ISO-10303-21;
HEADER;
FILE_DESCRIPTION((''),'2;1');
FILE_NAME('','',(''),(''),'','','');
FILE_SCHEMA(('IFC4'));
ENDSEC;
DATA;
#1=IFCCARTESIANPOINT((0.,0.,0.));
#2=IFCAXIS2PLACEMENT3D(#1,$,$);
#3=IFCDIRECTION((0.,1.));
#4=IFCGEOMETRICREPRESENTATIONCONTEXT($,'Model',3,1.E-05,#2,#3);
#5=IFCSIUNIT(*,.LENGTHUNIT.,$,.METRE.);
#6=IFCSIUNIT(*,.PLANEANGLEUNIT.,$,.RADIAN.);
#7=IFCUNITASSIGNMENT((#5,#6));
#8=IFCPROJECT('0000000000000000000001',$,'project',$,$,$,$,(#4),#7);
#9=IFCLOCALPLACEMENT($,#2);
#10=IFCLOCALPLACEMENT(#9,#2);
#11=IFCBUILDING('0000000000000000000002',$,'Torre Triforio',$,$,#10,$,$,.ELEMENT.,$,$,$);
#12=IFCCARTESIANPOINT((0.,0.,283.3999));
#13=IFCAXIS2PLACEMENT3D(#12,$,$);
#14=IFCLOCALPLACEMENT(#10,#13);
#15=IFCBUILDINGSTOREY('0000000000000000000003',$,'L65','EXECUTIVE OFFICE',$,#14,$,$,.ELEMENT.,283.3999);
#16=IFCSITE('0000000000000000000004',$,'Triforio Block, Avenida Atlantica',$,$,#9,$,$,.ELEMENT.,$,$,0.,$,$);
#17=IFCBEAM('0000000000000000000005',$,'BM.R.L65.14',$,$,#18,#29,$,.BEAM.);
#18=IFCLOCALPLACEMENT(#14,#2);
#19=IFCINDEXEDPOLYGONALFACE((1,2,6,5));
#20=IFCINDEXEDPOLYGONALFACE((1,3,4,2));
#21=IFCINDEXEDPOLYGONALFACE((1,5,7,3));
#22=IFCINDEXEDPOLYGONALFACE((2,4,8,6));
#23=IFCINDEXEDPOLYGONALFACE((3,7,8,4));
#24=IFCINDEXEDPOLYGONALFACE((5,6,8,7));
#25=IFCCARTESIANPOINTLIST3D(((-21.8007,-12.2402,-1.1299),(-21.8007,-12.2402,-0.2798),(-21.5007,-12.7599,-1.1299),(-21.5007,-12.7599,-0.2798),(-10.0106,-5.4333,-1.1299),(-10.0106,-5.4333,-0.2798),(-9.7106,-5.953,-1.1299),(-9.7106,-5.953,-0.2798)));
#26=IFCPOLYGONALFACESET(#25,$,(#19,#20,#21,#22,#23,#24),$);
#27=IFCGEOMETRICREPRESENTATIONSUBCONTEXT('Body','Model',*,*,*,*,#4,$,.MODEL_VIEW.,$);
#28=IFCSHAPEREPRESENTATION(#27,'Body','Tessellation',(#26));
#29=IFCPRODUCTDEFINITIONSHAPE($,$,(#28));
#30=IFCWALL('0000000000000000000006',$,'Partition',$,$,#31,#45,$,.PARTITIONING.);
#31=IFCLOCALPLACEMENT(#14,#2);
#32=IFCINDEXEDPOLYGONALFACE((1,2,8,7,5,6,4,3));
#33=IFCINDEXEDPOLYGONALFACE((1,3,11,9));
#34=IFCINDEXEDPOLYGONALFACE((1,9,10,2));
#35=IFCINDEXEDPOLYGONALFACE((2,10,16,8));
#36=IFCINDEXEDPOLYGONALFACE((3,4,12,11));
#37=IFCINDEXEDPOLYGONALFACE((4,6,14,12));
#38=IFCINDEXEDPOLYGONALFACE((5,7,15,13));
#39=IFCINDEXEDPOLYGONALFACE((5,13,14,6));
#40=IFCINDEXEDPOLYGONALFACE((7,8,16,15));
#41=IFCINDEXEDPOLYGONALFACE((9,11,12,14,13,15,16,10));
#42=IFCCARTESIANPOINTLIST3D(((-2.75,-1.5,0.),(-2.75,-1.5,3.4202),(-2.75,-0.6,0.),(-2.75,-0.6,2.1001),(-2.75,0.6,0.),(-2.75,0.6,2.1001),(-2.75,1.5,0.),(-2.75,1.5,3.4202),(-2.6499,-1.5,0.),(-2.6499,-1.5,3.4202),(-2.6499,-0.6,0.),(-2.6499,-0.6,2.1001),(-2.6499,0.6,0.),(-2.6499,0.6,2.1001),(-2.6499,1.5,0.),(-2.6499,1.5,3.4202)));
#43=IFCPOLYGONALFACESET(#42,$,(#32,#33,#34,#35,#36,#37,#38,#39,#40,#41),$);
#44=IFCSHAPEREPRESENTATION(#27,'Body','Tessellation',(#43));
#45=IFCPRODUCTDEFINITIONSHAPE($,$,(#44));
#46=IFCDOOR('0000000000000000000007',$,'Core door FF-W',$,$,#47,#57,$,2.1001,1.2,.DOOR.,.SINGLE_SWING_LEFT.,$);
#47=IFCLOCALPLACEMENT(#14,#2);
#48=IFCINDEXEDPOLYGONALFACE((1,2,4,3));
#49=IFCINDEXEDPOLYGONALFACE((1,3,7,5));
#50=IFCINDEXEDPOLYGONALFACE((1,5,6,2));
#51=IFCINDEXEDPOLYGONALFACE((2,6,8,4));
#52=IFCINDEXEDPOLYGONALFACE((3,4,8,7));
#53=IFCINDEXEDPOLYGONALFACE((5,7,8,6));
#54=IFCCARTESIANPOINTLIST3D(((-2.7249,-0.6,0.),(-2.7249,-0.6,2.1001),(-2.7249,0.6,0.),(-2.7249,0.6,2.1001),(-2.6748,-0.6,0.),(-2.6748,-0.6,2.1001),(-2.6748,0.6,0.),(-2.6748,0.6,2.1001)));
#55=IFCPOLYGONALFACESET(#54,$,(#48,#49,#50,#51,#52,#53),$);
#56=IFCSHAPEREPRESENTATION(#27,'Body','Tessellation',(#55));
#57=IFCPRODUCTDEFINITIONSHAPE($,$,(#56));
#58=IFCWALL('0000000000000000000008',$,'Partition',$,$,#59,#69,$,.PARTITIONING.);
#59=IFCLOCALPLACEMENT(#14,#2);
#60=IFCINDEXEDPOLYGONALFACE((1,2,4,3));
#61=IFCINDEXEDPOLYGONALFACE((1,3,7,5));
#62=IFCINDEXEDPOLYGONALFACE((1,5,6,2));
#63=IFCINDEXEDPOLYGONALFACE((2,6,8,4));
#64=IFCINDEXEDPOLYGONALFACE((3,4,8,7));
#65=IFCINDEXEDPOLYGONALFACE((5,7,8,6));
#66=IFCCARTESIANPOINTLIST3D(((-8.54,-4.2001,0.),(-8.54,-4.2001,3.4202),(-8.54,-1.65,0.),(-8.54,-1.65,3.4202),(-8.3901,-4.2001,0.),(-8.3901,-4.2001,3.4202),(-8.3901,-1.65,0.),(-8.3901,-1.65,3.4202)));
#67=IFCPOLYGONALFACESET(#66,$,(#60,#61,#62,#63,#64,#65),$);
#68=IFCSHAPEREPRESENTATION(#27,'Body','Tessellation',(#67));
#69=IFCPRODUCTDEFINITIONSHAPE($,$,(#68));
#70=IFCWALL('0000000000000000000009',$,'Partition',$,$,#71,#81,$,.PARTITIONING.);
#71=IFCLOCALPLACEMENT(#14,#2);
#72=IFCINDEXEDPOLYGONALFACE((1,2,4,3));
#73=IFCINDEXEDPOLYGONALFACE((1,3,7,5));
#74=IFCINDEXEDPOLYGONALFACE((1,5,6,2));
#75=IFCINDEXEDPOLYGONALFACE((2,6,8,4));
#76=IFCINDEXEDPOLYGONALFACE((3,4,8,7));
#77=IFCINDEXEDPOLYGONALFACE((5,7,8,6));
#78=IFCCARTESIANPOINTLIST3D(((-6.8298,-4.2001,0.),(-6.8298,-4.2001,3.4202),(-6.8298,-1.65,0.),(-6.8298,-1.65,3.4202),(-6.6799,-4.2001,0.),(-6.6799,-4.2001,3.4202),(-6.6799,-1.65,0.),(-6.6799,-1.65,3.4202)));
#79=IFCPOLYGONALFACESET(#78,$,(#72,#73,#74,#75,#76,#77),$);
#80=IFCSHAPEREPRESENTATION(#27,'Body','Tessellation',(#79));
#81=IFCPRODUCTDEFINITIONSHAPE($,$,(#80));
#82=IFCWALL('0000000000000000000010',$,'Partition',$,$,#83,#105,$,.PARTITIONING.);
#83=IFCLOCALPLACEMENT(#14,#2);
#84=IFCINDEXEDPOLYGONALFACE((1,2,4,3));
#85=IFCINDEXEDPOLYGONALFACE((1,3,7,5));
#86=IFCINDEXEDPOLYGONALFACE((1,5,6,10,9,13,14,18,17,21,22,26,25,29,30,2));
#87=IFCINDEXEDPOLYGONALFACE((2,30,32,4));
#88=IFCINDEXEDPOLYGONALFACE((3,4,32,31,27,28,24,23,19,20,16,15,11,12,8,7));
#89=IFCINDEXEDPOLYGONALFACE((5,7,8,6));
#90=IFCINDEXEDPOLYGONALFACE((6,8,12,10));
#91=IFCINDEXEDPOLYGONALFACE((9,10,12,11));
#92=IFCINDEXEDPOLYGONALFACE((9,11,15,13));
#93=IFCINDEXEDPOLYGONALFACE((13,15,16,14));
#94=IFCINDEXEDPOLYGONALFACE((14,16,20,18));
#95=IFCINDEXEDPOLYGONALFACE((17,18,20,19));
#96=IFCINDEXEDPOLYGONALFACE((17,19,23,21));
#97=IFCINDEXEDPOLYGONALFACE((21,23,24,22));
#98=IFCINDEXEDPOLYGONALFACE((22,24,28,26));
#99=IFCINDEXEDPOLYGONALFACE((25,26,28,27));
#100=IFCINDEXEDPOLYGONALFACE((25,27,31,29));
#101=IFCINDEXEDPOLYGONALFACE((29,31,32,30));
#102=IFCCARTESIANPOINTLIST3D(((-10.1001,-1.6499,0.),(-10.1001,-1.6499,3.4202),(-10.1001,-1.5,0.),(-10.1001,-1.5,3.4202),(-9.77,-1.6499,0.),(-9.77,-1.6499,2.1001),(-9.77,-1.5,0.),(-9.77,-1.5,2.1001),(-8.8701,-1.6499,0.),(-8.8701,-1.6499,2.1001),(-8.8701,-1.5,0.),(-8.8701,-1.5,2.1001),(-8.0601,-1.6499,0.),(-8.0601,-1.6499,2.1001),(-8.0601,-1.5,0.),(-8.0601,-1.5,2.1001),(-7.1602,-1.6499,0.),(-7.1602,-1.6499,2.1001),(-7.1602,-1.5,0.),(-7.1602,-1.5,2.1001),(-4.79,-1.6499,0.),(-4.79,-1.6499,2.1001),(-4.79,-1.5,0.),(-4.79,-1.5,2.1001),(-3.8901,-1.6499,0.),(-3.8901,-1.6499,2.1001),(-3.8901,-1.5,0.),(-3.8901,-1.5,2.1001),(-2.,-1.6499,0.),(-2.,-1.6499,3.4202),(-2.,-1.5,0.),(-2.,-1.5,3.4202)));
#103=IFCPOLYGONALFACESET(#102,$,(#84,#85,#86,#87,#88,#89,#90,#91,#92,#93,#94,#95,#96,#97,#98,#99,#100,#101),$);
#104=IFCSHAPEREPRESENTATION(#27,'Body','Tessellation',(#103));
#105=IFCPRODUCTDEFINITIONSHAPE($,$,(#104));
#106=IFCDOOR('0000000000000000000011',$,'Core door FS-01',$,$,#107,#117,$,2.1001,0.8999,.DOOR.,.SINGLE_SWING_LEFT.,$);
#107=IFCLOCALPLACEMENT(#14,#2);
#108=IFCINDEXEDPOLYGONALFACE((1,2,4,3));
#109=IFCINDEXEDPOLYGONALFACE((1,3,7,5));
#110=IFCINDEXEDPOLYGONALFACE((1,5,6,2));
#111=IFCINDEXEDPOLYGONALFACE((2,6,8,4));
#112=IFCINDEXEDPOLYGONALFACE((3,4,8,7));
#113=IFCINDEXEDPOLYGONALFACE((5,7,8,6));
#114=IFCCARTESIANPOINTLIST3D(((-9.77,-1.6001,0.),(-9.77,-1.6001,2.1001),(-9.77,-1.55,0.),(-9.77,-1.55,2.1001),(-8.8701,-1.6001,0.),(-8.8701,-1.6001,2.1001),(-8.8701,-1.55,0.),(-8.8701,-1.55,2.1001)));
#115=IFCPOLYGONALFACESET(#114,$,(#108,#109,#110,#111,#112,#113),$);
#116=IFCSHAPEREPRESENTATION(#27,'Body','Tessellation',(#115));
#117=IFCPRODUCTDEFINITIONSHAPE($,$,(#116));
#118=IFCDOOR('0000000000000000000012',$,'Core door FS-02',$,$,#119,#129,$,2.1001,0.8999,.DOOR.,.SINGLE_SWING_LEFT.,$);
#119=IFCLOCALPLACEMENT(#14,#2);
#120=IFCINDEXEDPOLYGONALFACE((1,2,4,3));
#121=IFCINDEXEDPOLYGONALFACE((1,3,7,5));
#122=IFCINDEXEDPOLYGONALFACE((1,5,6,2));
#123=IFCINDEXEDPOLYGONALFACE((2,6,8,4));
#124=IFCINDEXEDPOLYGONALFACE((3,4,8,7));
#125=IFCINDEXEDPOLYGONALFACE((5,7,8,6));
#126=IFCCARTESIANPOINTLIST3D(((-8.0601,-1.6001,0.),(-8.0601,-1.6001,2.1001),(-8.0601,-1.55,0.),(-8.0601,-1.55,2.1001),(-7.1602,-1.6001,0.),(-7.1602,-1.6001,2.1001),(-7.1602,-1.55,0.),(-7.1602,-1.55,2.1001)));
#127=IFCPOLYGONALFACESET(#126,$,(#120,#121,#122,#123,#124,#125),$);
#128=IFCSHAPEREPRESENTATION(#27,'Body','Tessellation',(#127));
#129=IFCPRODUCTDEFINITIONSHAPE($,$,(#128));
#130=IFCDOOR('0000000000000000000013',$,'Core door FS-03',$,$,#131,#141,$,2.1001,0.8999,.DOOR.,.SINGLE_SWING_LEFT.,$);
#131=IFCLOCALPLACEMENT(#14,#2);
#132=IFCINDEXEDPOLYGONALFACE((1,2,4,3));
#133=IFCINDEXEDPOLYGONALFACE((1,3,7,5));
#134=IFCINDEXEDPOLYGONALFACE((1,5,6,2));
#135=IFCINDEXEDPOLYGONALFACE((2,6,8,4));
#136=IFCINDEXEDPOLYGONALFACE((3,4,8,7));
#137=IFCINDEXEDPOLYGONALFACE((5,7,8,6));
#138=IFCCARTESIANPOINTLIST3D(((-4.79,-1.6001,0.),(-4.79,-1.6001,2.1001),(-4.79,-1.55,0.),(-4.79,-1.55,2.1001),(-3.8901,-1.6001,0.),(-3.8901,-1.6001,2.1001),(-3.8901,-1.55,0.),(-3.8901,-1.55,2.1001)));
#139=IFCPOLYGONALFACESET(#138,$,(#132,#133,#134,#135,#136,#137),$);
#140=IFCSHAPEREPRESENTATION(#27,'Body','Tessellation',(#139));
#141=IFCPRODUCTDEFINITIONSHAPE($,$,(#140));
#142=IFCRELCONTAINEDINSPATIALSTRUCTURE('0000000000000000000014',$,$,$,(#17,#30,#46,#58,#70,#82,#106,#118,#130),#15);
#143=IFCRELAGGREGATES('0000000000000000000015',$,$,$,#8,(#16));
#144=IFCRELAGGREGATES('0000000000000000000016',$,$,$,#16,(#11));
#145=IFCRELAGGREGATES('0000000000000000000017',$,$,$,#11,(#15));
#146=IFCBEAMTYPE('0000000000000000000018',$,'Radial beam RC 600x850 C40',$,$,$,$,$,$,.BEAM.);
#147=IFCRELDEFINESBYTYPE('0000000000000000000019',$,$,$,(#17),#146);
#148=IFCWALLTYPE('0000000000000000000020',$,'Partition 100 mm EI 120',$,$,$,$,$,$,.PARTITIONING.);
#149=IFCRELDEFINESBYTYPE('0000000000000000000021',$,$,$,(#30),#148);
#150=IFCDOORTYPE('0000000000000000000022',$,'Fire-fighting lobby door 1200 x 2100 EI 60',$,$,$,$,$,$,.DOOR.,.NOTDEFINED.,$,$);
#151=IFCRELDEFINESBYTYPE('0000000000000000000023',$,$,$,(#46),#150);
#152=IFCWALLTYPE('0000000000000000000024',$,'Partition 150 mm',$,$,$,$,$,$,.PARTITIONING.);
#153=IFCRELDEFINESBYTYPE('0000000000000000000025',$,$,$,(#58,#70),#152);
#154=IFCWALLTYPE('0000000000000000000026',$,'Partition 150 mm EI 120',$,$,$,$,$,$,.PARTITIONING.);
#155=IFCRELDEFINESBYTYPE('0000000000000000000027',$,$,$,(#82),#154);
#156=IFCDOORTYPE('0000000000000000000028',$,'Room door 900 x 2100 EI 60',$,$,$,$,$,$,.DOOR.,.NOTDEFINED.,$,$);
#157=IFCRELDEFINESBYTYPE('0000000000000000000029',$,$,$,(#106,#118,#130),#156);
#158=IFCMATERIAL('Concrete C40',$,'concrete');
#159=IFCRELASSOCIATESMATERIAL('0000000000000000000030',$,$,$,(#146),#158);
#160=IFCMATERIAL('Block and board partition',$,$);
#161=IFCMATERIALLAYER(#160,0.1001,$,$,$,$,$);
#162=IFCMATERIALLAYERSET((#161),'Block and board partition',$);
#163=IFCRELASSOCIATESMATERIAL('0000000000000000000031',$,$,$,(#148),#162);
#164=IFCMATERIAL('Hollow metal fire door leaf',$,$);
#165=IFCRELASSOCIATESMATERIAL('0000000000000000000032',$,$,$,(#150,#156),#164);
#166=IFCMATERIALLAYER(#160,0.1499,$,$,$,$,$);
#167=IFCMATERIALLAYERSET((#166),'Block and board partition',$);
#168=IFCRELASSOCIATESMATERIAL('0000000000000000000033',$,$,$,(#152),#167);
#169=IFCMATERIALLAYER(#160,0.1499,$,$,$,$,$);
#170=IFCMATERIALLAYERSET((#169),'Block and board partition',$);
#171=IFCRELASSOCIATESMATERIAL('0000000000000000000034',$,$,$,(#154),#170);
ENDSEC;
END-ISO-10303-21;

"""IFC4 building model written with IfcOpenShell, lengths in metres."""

from ifc_helpers import new_model, si_unit, direction, frame, frame_2d, origin, origin_2d, place, context, subcontext, project, spatial, rectangle, extrude, material, layer, layer_set, material_profile, profile_set, type_object, element, fill, save


model = new_model("IFC4")

# Units and contexts
model_context = context("Model", 3, precision=1e-05, world=origin(), true_north=direction((0.0, 1.0)))
body_context = subcontext(model_context, "Body", "Model", "MODEL_VIEW")
ifc_project = project(units=[si_unit("LENGTHUNIT", "METRE"), si_unit("PLANEANGLEUNIT", "RADIAN")], contexts=[model_context])

# Site, building, storey
site_placement = place(None, origin())
site = spatial("IfcSite", under=ifc_project, at=site_placement, Name="Triforio Block, Avenida Atlantica", CompositionType="ELEMENT", RefElevation=0.0)
building_placement = place(site_placement, origin())
building = spatial("IfcBuilding", under=site, at=building_placement, Name="Torre Triforio", CompositionType="ELEMENT")
storey_placement = place(building_placement, frame((0.0, 0.0, 283.3999)))
storey = spatial("IfcBuildingStorey", under=building, at=storey_placement, Name="L65", Description="EXECUTIVE OFFICE", CompositionType="ELEMENT", Elevation=283.3999)

# Beam
ifc_material_1 = material(Name="Concrete C40", Category="concrete")
ifc_material_profile = material_profile(ifc_material_1, rectangle(XDim=0.6001, YDim=0.8501, at=origin_2d()), Name="RC 600x850")
ifc_profile_set = profile_set([ifc_material_profile], Name="Concrete C40")
beam_type = type_object("IfcBeamType", Name="Radial beam RC 600x850 C40", PredefinedType="BEAM", material=ifc_profile_set)
beam_placement = place(storey_placement, frame((-9.8606, -5.6931, -0.7048), z_axis=(-0.866029, -0.499995, 0.0), x_axis=(0.499995, -0.866029, 0.0)))
element("IfcBeam", 1, at=beam_placement, inside=storey, type_object=beam_type, Name="BM.R.L65.14", PredefinedType="BEAM", context=body_context, shape_type="SweptSolid", body=[
    extrude(rectangle(XDim=0.6001, YDim=0.8501, at=origin_2d()), origin(), (0.0, 0.0, 1.0), 13.614),
])

# Wall, opening, door
ifc_material_2 = material(Name="Block and board partition")
ifc_layer_1 = layer(ifc_material_2, 0.1001)
ifc_layer_set_1 = layer_set([ifc_layer_1], Name="Block and board partition")
wall_type_1 = type_object("IfcWallType", Name="Partition 100 mm EI 120", PredefinedType="PARTITIONING", material=ifc_layer_set_1)
wall_1_placement = place(storey_placement, frame((-2.7, -1.5, 0.0), z_axis=(0.0, 0.0, 1.0), x_axis=(0.0, 1.0, 0.0)))
wall_1 = element("IfcWall", 2, at=wall_1_placement, inside=storey, type_object=wall_type_1, Name="Partition", PredefinedType="PARTITIONING", context=body_context, shape_type="SweptSolid", body=[
    extrude(rectangle(XDim=3.0, YDim=0.1001, at=frame_2d((1.5, 0.0))), origin(), (0.0, 0.0, 1.0), 3.4202),
])
opening_1_placement = place(wall_1_placement, frame((0.8999, 0.0, 0.0)))
opening_1 = element("IfcOpeningElement", 3, at=opening_1_placement, cuts=wall_1, PredefinedType="OPENING", context=body_context, shape_type="SweptSolid", body=[
    extrude(rectangle(XDim=1.2, YDim=2.1001, at=frame_2d((0.6001, 1.05))), frame((0.0, 0.0601, 0.0), z_axis=(0.0, -1.0, 0.0), x_axis=(1.0, 0.0, 0.0)), (0.0, 0.0, 1.0), 0.1201),
])
ifc_material_3 = material(Name="Hollow metal fire door leaf")
door_type_1 = type_object("IfcDoorType", Name="Fire-fighting lobby door 1200 x 2100 EI 60", OperationType="NOTDEFINED", PredefinedType="DOOR", material=ifc_material_3)
door_1_placement = place(opening_1_placement, origin())
door_1 = element("IfcDoor", 4, at=door_1_placement, inside=storey, type_object=door_type_1, Name="Core door FF-W", OperationType="SINGLE_SWING_LEFT", OverallHeight=2.1001, OverallWidth=1.2, PredefinedType="DOOR", context=body_context, shape_type="SweptSolid", body=[
    extrude(rectangle(XDim=1.2, YDim=2.1001, at=frame_2d((0.6001, 1.05))), frame((0.0, 0.0249, 0.0), z_axis=(0.0, -1.0, 0.0), x_axis=(1.0, 0.0, 0.0)), (0.0, 0.0, 1.0), 0.05),
])
fill(opening_1, door_1)

# Walls
ifc_layer_2 = layer(ifc_material_2, 0.1499)
ifc_layer_set_2 = layer_set([ifc_layer_2], Name="Block and board partition")
wall_type_2 = type_object("IfcWallType", Name="Partition 150 mm", PredefinedType="PARTITIONING", material=ifc_layer_set_2)
for number, where, z_axis, x_axis, name in (
    (5, (-8.4651, -4.2, 0.0), (0.0, 0.0, 1.0), (0.0, 1.0, 0.0), "Partition"),
    (6, (-6.7549, -4.2, 0.0), (0.0, 0.0, 1.0), (0.0, 1.0, 0.0), "Partition"),
):
    element("IfcWall", number, at=place(storey_placement, frame(where, z_axis=z_axis, x_axis=x_axis)), inside=storey, type_object=wall_type_2, Name=name, PredefinedType="PARTITIONING", context=body_context, shape_type="SweptSolid", body=[
        extrude(rectangle(XDim=2.55, YDim=0.1499, at=frame_2d((1.2749, 0.0))), origin(), (0.0, 0.0, 1.0), 3.4202),
    ])

# Wall, openings, doors
ifc_layer_3 = layer(ifc_material_2, 0.1499)
ifc_layer_set_3 = layer_set([ifc_layer_3], Name="Block and board partition")
wall_type_3 = type_object("IfcWallType", Name="Partition 150 mm EI 120", PredefinedType="PARTITIONING", material=ifc_layer_set_3)
wall_2_placement = place(storey_placement, frame((-10.1001, -1.575, 0.0), z_axis=(0.0, 0.0, 1.0), x_axis=(1.0, 0.0, 0.0)))
wall_2 = element("IfcWall", 7, at=wall_2_placement, inside=storey, type_object=wall_type_3, Name="Partition", PredefinedType="PARTITIONING", context=body_context, shape_type="SweptSolid", body=[
    extrude(rectangle(XDim=8.1001, YDim=0.1499, at=frame_2d((4.05, 0.0))), origin(), (0.0, 0.0, 1.0), 3.4202),
])
opening_2_placement = place(wall_2_placement, frame((0.3301, 0.0, 0.0)))
opening_2 = element("IfcOpeningElement", 8, at=opening_2_placement, cuts=wall_2, PredefinedType="OPENING", context=body_context, shape_type="SweptSolid", body=[
    extrude(rectangle(XDim=0.8999, YDim=2.1001, at=frame_2d((0.45, 1.05))), frame((0.0, 0.085, 0.0), z_axis=(0.0, -1.0, 0.0), x_axis=(1.0, 0.0, 0.0)), (0.0, 0.0, 1.0), 0.1699),
])
opening_3_placement = place(wall_2_placement, frame((2.04, 0.0, 0.0)))
opening_3 = element("IfcOpeningElement", 9, at=opening_3_placement, cuts=wall_2, PredefinedType="OPENING", context=body_context, shape_type="SweptSolid", body=[
    extrude(rectangle(XDim=0.8999, YDim=2.1001, at=frame_2d((0.45, 1.05))), frame((0.0, 0.085, 0.0), z_axis=(0.0, -1.0, 0.0), x_axis=(1.0, 0.0, 0.0)), (0.0, 0.0, 1.0), 0.1699),
])
opening_4_placement = place(wall_2_placement, frame((5.3101, 0.0, 0.0)))
opening_4 = element("IfcOpeningElement", 10, at=opening_4_placement, cuts=wall_2, PredefinedType="OPENING", context=body_context, shape_type="SweptSolid", body=[
    extrude(rectangle(XDim=0.8999, YDim=2.1001, at=frame_2d((0.45, 1.05))), frame((0.0, 0.085, 0.0), z_axis=(0.0, -1.0, 0.0), x_axis=(1.0, 0.0, 0.0)), (0.0, 0.0, 1.0), 0.1699),
])
door_type_2 = type_object("IfcDoorType", Name="Room door 900 x 2100 EI 60", OperationType="NOTDEFINED", PredefinedType="DOOR", material=ifc_material_3)
door_2_placement = place(opening_2_placement, origin())
door_2 = element("IfcDoor", 11, at=door_2_placement, inside=storey, type_object=door_type_2, Name="Core door FS-01", OperationType="SINGLE_SWING_LEFT", OverallHeight=2.1001, OverallWidth=0.8999, PredefinedType="DOOR", context=body_context, shape_type="SweptSolid", body=[
    extrude(rectangle(XDim=0.8999, YDim=2.1001, at=frame_2d((0.45, 1.05))), frame((0.0, 0.0249, 0.0), z_axis=(0.0, -1.0, 0.0), x_axis=(1.0, 0.0, 0.0)), (0.0, 0.0, 1.0), 0.05),
])
fill(opening_2, door_2)
door_3_placement = place(opening_3_placement, origin())
door_3 = element("IfcDoor", 12, at=door_3_placement, inside=storey, type_object=door_type_2, Name="Core door FS-02", OperationType="SINGLE_SWING_LEFT", OverallHeight=2.1001, OverallWidth=0.8999, PredefinedType="DOOR", context=body_context, shape_type="SweptSolid", body=[
    extrude(rectangle(XDim=0.8999, YDim=2.1001, at=frame_2d((0.45, 1.05))), frame((0.0, 0.0249, 0.0), z_axis=(0.0, -1.0, 0.0), x_axis=(1.0, 0.0, 0.0)), (0.0, 0.0, 1.0), 0.05),
])
fill(opening_3, door_3)
door_4_placement = place(opening_4_placement, origin())
door_4 = element("IfcDoor", 13, at=door_4_placement, inside=storey, type_object=door_type_2, Name="Core door FS-03", OperationType="SINGLE_SWING_LEFT", OverallHeight=2.1001, OverallWidth=0.8999, PredefinedType="DOOR", context=body_context, shape_type="SweptSolid", body=[
    extrude(rectangle(XDim=0.8999, YDim=2.1001, at=frame_2d((0.45, 1.05))), frame((0.0, 0.0249, 0.0), z_axis=(0.0, -1.0, 0.0), x_axis=(1.0, 0.0, 0.0)), (0.0, 0.0, 1.0), 0.05),
])
fill(opening_4, door_4)

save(model, "model.ifc")
